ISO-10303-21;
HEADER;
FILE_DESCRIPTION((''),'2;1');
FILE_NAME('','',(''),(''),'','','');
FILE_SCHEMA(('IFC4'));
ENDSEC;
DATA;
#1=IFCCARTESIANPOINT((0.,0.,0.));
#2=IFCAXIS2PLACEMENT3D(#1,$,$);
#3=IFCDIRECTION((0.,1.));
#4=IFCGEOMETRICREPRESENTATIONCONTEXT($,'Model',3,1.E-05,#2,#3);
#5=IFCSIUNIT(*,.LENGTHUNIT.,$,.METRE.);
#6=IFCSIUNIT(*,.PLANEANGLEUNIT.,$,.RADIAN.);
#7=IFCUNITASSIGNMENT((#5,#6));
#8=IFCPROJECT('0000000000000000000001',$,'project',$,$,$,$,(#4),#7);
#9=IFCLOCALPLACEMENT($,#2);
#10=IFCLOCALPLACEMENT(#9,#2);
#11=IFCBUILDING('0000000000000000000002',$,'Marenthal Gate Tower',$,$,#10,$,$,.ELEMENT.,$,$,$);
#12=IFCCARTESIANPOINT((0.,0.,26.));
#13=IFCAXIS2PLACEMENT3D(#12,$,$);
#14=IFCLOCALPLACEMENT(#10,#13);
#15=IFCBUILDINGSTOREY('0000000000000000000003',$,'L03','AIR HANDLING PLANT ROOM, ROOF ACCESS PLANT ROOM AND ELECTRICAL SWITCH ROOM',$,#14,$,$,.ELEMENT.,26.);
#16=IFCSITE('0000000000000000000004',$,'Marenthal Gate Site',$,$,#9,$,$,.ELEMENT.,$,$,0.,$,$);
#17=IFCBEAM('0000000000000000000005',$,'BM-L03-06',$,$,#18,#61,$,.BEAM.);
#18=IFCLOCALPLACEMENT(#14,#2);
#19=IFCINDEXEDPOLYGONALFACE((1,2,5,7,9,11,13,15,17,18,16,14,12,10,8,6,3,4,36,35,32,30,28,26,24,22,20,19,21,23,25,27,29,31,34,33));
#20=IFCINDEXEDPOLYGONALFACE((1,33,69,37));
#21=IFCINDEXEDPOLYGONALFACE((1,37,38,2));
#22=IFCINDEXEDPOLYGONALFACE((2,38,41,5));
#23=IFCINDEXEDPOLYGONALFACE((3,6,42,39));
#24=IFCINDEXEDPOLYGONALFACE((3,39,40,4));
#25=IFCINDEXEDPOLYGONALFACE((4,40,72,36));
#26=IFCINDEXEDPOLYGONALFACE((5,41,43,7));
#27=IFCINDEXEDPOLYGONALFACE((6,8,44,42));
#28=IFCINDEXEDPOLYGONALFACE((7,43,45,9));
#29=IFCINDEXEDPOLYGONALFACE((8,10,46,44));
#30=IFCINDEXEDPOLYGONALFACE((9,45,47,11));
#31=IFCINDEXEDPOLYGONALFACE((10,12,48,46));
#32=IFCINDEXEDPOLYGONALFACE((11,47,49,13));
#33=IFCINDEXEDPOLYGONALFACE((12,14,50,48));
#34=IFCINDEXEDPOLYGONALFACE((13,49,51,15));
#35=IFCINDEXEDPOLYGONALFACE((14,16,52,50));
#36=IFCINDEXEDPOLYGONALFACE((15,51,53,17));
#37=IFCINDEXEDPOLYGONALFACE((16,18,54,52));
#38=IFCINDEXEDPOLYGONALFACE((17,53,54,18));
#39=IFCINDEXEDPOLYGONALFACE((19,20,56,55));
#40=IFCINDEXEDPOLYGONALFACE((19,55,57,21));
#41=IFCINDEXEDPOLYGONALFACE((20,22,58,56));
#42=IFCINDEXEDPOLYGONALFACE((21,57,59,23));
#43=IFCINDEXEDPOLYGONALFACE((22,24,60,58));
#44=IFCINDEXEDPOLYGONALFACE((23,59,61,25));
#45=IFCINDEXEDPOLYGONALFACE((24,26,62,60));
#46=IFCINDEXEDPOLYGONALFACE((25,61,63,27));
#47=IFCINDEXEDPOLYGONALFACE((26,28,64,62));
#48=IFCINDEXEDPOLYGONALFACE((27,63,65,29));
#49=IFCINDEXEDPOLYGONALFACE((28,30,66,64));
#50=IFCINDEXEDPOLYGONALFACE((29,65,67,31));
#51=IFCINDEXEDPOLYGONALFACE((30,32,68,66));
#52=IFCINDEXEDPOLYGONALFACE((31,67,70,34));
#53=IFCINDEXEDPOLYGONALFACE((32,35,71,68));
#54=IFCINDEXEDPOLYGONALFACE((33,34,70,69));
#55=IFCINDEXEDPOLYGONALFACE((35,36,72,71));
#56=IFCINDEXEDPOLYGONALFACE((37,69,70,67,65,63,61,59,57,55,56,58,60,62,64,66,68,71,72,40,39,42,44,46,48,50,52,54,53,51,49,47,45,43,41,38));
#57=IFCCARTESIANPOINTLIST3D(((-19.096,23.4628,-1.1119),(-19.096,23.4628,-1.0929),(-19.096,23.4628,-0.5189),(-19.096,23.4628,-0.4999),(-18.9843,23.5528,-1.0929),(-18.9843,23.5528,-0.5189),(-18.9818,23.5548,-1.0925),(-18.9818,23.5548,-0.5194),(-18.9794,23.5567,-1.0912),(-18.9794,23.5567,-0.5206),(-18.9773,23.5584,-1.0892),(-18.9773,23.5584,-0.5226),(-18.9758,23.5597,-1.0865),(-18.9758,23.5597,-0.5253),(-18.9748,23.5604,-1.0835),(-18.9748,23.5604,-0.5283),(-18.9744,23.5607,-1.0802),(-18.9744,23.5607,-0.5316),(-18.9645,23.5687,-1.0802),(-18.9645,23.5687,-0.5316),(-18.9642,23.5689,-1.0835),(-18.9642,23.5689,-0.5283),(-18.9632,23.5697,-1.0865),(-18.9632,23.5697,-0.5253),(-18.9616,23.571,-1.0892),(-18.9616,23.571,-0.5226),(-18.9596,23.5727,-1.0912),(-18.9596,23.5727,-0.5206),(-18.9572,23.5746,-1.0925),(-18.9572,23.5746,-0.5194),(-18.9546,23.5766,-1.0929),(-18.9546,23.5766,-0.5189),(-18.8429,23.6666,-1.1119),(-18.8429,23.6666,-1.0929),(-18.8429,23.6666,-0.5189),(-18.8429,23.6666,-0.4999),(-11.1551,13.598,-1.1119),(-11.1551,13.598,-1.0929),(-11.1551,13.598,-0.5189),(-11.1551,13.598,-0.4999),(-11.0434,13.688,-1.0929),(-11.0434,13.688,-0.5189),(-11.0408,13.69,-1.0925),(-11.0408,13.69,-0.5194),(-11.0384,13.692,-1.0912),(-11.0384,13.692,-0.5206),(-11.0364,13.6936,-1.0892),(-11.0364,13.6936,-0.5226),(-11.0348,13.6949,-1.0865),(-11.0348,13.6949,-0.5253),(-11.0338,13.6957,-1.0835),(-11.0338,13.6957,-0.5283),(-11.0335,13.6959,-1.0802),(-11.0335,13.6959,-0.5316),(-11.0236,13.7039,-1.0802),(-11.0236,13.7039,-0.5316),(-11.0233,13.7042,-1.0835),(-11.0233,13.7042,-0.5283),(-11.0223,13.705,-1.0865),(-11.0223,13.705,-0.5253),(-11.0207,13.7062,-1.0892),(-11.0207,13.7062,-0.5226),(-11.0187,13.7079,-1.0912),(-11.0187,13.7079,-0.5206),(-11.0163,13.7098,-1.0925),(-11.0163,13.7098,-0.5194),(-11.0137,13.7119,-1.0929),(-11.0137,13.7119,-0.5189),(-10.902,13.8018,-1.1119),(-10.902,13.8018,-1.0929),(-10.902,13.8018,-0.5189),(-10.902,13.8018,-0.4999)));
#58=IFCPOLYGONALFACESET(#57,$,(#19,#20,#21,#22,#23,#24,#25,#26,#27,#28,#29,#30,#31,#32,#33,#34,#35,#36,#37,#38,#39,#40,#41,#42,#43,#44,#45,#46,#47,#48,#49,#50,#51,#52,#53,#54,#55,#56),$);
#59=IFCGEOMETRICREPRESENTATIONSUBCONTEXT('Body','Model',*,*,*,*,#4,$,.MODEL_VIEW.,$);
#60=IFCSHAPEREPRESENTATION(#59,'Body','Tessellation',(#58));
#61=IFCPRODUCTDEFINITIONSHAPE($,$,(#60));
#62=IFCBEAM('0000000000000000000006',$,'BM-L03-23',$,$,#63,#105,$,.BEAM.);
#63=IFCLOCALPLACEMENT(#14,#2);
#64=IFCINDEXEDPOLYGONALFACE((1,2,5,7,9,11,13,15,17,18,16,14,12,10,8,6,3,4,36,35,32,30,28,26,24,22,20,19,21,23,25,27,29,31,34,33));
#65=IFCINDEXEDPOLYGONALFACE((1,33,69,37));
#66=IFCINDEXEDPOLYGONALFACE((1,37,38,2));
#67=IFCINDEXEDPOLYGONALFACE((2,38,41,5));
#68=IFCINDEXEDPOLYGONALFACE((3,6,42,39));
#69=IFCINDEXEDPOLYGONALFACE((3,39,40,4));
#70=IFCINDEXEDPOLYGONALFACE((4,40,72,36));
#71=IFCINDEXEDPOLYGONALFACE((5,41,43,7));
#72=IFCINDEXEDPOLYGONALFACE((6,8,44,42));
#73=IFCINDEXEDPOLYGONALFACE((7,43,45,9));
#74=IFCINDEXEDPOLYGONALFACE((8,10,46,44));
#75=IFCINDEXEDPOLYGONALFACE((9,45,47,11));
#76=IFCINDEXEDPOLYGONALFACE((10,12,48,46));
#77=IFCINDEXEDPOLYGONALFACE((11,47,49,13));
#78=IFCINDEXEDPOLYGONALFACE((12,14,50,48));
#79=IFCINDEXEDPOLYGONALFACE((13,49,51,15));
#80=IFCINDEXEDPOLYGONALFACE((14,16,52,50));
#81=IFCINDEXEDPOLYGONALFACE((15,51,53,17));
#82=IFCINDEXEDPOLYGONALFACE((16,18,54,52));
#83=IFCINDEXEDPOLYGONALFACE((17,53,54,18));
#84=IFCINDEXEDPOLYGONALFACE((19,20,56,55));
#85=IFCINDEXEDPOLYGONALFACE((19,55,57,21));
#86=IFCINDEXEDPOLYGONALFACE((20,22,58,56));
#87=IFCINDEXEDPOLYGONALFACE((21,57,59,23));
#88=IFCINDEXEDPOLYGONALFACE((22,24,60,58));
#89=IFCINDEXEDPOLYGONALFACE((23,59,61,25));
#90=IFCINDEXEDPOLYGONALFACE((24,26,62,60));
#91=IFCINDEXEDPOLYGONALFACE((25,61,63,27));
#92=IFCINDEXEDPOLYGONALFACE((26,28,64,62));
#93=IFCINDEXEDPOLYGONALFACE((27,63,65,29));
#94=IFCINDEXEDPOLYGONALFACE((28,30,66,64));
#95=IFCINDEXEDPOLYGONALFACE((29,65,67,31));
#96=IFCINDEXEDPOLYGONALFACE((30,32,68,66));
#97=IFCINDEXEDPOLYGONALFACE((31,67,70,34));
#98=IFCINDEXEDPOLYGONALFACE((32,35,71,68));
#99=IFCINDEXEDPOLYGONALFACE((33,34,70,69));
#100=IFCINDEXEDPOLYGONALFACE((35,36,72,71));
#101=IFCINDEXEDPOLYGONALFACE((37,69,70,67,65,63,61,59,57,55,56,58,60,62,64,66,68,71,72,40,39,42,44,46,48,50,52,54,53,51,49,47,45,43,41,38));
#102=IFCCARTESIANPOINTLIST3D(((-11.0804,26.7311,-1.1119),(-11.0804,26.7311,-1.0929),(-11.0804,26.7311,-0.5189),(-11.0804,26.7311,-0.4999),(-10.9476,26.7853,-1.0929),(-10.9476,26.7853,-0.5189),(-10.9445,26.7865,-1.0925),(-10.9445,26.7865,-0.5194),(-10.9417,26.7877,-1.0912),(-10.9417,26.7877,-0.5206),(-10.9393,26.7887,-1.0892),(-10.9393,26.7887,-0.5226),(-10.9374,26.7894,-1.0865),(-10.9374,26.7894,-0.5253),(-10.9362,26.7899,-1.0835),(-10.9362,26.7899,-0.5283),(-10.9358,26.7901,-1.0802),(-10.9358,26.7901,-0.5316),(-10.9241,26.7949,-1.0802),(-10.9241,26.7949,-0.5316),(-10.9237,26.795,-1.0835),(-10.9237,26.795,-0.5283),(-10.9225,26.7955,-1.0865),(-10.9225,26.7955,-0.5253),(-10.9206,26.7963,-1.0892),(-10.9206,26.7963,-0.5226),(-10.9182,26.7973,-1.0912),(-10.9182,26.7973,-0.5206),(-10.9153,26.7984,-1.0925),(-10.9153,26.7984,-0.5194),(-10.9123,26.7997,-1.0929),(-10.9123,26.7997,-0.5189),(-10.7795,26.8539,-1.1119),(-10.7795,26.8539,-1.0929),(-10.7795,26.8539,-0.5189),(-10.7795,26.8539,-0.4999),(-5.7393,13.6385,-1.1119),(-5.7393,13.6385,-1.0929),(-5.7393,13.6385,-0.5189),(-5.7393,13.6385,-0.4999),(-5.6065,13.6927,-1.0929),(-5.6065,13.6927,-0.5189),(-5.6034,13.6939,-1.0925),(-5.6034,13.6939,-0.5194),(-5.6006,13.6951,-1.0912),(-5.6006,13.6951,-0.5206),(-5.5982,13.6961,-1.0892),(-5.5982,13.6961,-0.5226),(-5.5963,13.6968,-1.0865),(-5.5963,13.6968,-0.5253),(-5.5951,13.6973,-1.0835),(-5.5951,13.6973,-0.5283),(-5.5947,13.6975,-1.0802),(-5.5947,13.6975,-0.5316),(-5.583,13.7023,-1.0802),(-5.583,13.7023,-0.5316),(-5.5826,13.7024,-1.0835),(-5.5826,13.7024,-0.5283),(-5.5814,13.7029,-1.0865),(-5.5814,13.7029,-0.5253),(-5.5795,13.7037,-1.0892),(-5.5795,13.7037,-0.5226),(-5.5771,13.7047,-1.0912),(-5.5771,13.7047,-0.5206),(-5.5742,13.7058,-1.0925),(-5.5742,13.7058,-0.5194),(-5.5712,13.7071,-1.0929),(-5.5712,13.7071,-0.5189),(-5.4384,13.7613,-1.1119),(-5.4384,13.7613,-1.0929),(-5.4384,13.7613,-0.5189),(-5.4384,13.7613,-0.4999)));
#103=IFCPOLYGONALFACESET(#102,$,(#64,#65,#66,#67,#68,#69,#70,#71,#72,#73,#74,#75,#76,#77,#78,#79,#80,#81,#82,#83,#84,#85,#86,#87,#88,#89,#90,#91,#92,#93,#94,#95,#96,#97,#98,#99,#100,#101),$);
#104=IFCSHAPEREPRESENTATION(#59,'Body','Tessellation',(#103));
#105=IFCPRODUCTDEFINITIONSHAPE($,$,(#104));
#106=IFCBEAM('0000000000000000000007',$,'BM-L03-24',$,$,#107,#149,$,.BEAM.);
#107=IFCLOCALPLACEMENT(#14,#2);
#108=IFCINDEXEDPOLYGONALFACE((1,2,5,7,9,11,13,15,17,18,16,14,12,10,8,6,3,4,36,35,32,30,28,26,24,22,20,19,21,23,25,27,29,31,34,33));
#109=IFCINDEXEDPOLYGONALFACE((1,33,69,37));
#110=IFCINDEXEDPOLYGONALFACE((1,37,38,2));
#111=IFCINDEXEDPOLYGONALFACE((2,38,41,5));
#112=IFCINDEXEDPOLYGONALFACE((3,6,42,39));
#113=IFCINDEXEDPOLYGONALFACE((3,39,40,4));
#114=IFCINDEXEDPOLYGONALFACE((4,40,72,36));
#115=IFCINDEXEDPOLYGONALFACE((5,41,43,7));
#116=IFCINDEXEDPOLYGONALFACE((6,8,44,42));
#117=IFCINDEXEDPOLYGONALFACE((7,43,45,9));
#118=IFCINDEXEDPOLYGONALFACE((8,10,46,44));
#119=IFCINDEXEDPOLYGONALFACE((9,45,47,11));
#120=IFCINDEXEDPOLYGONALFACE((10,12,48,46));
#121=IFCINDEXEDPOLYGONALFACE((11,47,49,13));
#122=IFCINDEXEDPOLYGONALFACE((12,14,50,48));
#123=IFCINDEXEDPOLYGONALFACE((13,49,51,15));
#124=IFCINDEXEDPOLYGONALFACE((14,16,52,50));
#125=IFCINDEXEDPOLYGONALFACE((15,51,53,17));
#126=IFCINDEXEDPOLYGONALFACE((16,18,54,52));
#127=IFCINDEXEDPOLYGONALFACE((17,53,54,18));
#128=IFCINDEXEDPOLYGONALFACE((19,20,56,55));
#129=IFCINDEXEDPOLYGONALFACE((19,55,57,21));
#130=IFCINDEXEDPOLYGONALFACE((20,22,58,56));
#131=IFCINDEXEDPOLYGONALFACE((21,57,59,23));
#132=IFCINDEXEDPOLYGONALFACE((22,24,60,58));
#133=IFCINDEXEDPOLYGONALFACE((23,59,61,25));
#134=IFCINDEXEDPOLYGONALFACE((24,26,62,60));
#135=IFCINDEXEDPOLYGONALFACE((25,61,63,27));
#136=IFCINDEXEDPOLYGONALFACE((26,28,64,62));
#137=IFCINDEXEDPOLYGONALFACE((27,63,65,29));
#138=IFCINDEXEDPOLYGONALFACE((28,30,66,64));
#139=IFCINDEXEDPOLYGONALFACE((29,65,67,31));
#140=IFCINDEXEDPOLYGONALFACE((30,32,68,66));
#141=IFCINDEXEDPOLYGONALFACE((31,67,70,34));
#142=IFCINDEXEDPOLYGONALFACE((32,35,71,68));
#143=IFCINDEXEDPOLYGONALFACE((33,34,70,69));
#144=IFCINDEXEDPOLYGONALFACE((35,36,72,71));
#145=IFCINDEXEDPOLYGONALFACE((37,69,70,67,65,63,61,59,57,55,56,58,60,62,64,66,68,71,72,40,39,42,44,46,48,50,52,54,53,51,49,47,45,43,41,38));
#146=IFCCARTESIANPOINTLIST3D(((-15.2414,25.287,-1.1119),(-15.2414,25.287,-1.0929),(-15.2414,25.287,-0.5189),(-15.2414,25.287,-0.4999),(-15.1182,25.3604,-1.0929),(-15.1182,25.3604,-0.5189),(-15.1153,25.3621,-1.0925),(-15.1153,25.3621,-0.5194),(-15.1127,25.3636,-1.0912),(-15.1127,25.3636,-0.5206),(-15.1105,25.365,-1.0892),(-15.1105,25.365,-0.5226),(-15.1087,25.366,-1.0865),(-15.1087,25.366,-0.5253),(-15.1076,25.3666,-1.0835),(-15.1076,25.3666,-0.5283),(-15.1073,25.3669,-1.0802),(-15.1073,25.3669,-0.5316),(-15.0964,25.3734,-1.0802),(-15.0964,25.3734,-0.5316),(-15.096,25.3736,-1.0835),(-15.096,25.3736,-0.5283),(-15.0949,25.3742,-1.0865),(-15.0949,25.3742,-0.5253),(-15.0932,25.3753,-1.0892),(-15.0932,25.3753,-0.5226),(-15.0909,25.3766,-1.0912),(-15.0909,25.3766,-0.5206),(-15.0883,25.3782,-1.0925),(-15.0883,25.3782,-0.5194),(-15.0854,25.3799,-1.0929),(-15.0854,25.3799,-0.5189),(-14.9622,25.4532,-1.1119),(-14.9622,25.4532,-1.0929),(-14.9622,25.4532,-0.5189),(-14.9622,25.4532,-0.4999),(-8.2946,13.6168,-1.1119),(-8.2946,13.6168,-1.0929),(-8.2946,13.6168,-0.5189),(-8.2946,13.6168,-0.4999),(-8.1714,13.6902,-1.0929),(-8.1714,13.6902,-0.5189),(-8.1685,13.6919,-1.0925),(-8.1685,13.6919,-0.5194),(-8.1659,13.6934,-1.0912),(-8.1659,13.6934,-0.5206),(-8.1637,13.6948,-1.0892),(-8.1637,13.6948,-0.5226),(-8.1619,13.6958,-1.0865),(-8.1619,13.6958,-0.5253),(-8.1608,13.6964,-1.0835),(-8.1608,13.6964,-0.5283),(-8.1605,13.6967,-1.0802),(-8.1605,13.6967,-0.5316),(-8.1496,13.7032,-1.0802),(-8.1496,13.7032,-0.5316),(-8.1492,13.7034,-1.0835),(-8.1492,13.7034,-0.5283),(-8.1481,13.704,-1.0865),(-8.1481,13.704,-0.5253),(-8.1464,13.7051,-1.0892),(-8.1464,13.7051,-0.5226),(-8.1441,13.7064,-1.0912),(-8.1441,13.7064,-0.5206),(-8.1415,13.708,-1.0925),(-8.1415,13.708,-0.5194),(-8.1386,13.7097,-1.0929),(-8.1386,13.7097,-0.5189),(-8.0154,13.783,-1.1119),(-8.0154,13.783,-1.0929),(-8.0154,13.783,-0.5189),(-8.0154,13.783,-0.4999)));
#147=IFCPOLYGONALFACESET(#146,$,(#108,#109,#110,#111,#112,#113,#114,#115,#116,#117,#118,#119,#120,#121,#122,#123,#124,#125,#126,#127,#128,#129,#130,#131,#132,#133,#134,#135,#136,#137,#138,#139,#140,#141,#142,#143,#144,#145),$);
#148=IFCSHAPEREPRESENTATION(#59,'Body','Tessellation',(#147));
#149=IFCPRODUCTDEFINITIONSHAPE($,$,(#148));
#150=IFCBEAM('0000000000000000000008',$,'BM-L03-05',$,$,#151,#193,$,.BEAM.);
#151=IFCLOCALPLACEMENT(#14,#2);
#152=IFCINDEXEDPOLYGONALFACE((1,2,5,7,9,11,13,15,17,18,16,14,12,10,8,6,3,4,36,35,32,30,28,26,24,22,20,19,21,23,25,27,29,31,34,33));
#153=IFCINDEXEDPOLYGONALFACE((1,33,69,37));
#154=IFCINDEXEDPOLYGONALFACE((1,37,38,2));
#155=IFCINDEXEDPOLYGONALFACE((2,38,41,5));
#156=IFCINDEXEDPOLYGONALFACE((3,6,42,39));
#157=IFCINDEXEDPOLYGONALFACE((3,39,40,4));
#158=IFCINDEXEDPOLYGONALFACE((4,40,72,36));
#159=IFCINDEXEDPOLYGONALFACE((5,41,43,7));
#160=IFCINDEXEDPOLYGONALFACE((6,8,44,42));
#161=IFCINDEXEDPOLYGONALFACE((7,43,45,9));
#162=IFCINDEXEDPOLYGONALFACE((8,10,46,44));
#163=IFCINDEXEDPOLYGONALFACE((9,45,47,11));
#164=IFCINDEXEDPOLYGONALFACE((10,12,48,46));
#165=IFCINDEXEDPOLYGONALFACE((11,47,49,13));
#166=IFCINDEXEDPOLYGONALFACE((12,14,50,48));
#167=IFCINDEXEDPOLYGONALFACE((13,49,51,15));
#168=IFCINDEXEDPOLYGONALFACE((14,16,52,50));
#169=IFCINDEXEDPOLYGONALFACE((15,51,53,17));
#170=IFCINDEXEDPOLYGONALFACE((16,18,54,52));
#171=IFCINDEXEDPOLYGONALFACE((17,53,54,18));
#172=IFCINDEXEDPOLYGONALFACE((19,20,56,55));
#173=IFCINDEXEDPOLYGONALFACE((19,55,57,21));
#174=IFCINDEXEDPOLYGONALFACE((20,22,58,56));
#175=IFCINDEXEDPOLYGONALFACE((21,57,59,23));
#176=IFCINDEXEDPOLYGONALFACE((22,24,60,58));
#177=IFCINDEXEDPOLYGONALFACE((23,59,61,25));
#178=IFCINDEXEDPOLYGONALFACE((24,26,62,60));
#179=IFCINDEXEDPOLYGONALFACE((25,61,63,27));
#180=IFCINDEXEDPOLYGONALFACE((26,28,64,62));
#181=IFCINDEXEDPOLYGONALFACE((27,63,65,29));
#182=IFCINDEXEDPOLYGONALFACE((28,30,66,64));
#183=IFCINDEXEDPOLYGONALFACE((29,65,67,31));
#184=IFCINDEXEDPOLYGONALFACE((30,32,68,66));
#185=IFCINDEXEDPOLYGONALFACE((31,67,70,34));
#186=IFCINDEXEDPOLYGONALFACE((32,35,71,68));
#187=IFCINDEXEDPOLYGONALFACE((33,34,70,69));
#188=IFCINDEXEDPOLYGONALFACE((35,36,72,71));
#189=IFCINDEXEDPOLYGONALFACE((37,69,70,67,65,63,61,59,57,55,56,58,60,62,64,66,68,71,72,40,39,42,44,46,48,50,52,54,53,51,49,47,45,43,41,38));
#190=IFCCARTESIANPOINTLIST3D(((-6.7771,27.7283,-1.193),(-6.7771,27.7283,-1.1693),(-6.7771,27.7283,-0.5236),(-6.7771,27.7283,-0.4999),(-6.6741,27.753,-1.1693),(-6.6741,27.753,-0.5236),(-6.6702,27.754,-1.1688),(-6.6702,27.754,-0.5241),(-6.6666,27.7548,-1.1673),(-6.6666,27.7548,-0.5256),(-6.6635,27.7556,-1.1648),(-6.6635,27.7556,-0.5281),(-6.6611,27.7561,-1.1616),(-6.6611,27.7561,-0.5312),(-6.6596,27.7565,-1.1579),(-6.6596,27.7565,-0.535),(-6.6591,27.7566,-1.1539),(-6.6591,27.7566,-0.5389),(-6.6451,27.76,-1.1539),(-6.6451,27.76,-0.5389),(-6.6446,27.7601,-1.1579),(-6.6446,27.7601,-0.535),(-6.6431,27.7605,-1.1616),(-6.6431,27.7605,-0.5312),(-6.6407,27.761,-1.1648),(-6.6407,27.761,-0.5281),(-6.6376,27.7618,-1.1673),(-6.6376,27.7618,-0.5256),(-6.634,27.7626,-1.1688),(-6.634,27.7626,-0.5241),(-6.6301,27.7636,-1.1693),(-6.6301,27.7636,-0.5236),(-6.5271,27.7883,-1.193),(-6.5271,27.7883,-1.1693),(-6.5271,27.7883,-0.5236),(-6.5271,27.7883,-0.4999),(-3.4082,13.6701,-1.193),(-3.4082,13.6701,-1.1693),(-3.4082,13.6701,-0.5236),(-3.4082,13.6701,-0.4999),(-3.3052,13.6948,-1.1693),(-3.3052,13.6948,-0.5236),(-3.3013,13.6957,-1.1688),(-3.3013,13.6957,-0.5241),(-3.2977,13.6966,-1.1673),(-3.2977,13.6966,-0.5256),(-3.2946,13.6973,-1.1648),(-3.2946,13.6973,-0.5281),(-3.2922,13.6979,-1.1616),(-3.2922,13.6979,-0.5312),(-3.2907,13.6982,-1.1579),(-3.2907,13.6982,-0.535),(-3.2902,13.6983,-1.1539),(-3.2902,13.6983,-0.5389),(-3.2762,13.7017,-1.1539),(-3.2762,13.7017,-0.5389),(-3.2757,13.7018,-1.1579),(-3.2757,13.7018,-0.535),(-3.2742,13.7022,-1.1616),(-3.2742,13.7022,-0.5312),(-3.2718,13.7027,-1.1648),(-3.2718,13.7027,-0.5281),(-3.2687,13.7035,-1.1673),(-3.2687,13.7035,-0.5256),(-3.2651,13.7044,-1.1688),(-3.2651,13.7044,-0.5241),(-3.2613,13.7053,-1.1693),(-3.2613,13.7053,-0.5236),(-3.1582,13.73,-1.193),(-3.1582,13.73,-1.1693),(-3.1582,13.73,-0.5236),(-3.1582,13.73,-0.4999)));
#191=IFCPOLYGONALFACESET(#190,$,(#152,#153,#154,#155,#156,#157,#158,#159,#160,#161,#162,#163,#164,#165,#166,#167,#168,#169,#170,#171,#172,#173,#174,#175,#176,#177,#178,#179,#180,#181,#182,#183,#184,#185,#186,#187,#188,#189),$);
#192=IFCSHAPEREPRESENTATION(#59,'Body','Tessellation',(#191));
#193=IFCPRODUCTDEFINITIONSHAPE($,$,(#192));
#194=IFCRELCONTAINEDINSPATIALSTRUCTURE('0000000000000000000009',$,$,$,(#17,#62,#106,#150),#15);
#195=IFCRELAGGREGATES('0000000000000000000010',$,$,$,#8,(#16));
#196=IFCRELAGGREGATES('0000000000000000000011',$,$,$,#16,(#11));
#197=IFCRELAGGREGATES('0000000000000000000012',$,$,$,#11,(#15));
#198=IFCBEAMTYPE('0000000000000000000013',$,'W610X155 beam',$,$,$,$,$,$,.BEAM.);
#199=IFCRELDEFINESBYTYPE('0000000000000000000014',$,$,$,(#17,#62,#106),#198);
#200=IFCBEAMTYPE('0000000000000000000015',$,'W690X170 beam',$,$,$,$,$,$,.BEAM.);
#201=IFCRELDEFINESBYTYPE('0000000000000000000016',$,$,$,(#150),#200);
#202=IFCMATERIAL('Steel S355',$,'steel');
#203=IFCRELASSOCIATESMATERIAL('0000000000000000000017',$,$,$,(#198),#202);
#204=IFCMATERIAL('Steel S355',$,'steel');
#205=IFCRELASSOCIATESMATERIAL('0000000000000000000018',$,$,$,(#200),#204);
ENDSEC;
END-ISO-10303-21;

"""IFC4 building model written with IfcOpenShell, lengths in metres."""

from ifc_helpers import new_model, si_unit, direction, frame, origin, origin_2d, place, context, subcontext, project, spatial, i_section, extrude, material, material_profile, profile_set, type_object, element, save


model = new_model("IFC4")

# Units and contexts
model_context = context("Model", 3, precision=1e-05, world=origin(), true_north=direction((0.0, 1.0)))
body_context = subcontext(model_context, "Body", "Model", "MODEL_VIEW")
ifc_project = project(units=[si_unit("LENGTHUNIT", "METRE"), si_unit("PLANEANGLEUNIT", "RADIAN")], contexts=[model_context])

# Site, building, storey
site_placement = place(None, origin())
site = spatial("IfcSite", under=ifc_project, at=site_placement, Name="Marenthal Gate Site", CompositionType="ELEMENT", RefElevation=0.0)
building_placement = place(site_placement, origin())
building = spatial("IfcBuilding", under=site, at=building_placement, Name="Marenthal Gate Tower", CompositionType="ELEMENT")
storey_placement = place(building_placement, frame((0.0, 0.0, 26.0)))
storey = spatial("IfcBuildingStorey", under=building, at=storey_placement, Name="L03", Description="AIR HANDLING PLANT ROOM, ROOF ACCESS PLANT ROOM AND ELECTRICAL SWITCH ROOM", CompositionType="ELEMENT", Elevation=26.0)

# Beams
ifc_material_1 = material(Name="Steel S355", Category="steel")
ifc_material_profile_1 = material_profile(ifc_material_1, i_section(OverallWidth=0.325, OverallDepth=0.6121, WebThickness=0.0127, FlangeThickness=0.019, FilletRadius=0.0127, at=origin_2d()), Name="W610X155")
ifc_profile_set_1 = profile_set([ifc_material_profile_1], Name="Steel S355")
beam_type_1 = type_object("IfcBeamType", Name="W610X155 beam", PredefinedType="BEAM", material=ifc_profile_set_1)
beam_1_placement = place(storey_placement, frame((-18.9695, 23.5647, -0.8059), z_axis=(0.627057, -0.778973, 0.0), x_axis=(0.778973, 0.627057, 0.0)))
element("IfcBeam", 1, at=beam_1_placement, inside=storey, type_object=beam_type_1, Name="BM-L03-06", PredefinedType="BEAM", context=body_context, shape_type="SweptSolid", body=[
    extrude(i_section(OverallWidth=0.325, OverallDepth=0.6121, WebThickness=0.0127, FlangeThickness=0.019, FilletRadius=0.0127, at=origin_2d()), origin(), (0.0, 0.0, 1.0), 12.6638),
])
beam_2_placement = place(storey_placement, frame((-10.9299, 26.7925, -0.8059), z_axis=(0.377726, -0.925918, 0.0), x_axis=(0.925918, 0.377726, 0.0)))
element("IfcBeam", 2, at=beam_2_placement, inside=storey, type_object=beam_type_1, Name="BM-L03-23", PredefinedType="BEAM", context=body_context, shape_type="SweptSolid", body=[
    extrude(i_section(OverallWidth=0.325, OverallDepth=0.6121, WebThickness=0.0127, FlangeThickness=0.019, FilletRadius=0.0127, at=origin_2d()), origin(), (0.0, 0.0, 1.0), 14.1401),
])
beam_3_placement = place(storey_placement, frame((-15.1018, 25.3701, -0.8059), z_axis=(0.511497, -0.859285, 0.0), x_axis=(0.859285, 0.511497, 0.0)))
element("IfcBeam", 3, at=beam_3_placement, inside=storey, type_object=beam_type_1, Name="BM-L03-24", PredefinedType="BEAM", context=body_context, shape_type="SweptSolid", body=[
    extrude(i_section(OverallWidth=0.325, OverallDepth=0.6121, WebThickness=0.0127, FlangeThickness=0.019, FilletRadius=0.0127, at=origin_2d()), origin(), (0.0, 0.0, 1.0), 13.5813),
])
ifc_material_2 = material(Name="Steel S355", Category="steel")
ifc_material_profile_2 = material_profile(ifc_material_2, i_section(OverallWidth=0.2571, OverallDepth=0.6931, WebThickness=0.0144, FlangeThickness=0.0237, FilletRadius=0.0154, at=origin_2d()), Name="W690X170")
ifc_profile_set_2 = profile_set([ifc_material_profile_2], Name="Steel S355")
beam_type_2 = type_object("IfcBeamType", Name="W690X170 beam", PredefinedType="BEAM", material=ifc_profile_set_2)
beam_4_placement = place(storey_placement, frame((-6.6521, 27.7583, -0.8464), z_axis=(0.233039, -0.972467, 0.0), x_axis=(0.972467, 0.233039, 0.0)))
element("IfcBeam", 4, at=beam_4_placement, inside=storey, type_object=beam_type_2, Name="BM-L03-05", PredefinedType="BEAM", context=body_context, shape_type="SweptSolid", body=[
    extrude(i_section(OverallWidth=0.2571, OverallDepth=0.6931, WebThickness=0.0144, FlangeThickness=0.0237, FilletRadius=0.0154, at=origin_2d()), origin(), (0.0, 0.0, 1.0), 14.4563),
])

save(model, "model.ifc")
